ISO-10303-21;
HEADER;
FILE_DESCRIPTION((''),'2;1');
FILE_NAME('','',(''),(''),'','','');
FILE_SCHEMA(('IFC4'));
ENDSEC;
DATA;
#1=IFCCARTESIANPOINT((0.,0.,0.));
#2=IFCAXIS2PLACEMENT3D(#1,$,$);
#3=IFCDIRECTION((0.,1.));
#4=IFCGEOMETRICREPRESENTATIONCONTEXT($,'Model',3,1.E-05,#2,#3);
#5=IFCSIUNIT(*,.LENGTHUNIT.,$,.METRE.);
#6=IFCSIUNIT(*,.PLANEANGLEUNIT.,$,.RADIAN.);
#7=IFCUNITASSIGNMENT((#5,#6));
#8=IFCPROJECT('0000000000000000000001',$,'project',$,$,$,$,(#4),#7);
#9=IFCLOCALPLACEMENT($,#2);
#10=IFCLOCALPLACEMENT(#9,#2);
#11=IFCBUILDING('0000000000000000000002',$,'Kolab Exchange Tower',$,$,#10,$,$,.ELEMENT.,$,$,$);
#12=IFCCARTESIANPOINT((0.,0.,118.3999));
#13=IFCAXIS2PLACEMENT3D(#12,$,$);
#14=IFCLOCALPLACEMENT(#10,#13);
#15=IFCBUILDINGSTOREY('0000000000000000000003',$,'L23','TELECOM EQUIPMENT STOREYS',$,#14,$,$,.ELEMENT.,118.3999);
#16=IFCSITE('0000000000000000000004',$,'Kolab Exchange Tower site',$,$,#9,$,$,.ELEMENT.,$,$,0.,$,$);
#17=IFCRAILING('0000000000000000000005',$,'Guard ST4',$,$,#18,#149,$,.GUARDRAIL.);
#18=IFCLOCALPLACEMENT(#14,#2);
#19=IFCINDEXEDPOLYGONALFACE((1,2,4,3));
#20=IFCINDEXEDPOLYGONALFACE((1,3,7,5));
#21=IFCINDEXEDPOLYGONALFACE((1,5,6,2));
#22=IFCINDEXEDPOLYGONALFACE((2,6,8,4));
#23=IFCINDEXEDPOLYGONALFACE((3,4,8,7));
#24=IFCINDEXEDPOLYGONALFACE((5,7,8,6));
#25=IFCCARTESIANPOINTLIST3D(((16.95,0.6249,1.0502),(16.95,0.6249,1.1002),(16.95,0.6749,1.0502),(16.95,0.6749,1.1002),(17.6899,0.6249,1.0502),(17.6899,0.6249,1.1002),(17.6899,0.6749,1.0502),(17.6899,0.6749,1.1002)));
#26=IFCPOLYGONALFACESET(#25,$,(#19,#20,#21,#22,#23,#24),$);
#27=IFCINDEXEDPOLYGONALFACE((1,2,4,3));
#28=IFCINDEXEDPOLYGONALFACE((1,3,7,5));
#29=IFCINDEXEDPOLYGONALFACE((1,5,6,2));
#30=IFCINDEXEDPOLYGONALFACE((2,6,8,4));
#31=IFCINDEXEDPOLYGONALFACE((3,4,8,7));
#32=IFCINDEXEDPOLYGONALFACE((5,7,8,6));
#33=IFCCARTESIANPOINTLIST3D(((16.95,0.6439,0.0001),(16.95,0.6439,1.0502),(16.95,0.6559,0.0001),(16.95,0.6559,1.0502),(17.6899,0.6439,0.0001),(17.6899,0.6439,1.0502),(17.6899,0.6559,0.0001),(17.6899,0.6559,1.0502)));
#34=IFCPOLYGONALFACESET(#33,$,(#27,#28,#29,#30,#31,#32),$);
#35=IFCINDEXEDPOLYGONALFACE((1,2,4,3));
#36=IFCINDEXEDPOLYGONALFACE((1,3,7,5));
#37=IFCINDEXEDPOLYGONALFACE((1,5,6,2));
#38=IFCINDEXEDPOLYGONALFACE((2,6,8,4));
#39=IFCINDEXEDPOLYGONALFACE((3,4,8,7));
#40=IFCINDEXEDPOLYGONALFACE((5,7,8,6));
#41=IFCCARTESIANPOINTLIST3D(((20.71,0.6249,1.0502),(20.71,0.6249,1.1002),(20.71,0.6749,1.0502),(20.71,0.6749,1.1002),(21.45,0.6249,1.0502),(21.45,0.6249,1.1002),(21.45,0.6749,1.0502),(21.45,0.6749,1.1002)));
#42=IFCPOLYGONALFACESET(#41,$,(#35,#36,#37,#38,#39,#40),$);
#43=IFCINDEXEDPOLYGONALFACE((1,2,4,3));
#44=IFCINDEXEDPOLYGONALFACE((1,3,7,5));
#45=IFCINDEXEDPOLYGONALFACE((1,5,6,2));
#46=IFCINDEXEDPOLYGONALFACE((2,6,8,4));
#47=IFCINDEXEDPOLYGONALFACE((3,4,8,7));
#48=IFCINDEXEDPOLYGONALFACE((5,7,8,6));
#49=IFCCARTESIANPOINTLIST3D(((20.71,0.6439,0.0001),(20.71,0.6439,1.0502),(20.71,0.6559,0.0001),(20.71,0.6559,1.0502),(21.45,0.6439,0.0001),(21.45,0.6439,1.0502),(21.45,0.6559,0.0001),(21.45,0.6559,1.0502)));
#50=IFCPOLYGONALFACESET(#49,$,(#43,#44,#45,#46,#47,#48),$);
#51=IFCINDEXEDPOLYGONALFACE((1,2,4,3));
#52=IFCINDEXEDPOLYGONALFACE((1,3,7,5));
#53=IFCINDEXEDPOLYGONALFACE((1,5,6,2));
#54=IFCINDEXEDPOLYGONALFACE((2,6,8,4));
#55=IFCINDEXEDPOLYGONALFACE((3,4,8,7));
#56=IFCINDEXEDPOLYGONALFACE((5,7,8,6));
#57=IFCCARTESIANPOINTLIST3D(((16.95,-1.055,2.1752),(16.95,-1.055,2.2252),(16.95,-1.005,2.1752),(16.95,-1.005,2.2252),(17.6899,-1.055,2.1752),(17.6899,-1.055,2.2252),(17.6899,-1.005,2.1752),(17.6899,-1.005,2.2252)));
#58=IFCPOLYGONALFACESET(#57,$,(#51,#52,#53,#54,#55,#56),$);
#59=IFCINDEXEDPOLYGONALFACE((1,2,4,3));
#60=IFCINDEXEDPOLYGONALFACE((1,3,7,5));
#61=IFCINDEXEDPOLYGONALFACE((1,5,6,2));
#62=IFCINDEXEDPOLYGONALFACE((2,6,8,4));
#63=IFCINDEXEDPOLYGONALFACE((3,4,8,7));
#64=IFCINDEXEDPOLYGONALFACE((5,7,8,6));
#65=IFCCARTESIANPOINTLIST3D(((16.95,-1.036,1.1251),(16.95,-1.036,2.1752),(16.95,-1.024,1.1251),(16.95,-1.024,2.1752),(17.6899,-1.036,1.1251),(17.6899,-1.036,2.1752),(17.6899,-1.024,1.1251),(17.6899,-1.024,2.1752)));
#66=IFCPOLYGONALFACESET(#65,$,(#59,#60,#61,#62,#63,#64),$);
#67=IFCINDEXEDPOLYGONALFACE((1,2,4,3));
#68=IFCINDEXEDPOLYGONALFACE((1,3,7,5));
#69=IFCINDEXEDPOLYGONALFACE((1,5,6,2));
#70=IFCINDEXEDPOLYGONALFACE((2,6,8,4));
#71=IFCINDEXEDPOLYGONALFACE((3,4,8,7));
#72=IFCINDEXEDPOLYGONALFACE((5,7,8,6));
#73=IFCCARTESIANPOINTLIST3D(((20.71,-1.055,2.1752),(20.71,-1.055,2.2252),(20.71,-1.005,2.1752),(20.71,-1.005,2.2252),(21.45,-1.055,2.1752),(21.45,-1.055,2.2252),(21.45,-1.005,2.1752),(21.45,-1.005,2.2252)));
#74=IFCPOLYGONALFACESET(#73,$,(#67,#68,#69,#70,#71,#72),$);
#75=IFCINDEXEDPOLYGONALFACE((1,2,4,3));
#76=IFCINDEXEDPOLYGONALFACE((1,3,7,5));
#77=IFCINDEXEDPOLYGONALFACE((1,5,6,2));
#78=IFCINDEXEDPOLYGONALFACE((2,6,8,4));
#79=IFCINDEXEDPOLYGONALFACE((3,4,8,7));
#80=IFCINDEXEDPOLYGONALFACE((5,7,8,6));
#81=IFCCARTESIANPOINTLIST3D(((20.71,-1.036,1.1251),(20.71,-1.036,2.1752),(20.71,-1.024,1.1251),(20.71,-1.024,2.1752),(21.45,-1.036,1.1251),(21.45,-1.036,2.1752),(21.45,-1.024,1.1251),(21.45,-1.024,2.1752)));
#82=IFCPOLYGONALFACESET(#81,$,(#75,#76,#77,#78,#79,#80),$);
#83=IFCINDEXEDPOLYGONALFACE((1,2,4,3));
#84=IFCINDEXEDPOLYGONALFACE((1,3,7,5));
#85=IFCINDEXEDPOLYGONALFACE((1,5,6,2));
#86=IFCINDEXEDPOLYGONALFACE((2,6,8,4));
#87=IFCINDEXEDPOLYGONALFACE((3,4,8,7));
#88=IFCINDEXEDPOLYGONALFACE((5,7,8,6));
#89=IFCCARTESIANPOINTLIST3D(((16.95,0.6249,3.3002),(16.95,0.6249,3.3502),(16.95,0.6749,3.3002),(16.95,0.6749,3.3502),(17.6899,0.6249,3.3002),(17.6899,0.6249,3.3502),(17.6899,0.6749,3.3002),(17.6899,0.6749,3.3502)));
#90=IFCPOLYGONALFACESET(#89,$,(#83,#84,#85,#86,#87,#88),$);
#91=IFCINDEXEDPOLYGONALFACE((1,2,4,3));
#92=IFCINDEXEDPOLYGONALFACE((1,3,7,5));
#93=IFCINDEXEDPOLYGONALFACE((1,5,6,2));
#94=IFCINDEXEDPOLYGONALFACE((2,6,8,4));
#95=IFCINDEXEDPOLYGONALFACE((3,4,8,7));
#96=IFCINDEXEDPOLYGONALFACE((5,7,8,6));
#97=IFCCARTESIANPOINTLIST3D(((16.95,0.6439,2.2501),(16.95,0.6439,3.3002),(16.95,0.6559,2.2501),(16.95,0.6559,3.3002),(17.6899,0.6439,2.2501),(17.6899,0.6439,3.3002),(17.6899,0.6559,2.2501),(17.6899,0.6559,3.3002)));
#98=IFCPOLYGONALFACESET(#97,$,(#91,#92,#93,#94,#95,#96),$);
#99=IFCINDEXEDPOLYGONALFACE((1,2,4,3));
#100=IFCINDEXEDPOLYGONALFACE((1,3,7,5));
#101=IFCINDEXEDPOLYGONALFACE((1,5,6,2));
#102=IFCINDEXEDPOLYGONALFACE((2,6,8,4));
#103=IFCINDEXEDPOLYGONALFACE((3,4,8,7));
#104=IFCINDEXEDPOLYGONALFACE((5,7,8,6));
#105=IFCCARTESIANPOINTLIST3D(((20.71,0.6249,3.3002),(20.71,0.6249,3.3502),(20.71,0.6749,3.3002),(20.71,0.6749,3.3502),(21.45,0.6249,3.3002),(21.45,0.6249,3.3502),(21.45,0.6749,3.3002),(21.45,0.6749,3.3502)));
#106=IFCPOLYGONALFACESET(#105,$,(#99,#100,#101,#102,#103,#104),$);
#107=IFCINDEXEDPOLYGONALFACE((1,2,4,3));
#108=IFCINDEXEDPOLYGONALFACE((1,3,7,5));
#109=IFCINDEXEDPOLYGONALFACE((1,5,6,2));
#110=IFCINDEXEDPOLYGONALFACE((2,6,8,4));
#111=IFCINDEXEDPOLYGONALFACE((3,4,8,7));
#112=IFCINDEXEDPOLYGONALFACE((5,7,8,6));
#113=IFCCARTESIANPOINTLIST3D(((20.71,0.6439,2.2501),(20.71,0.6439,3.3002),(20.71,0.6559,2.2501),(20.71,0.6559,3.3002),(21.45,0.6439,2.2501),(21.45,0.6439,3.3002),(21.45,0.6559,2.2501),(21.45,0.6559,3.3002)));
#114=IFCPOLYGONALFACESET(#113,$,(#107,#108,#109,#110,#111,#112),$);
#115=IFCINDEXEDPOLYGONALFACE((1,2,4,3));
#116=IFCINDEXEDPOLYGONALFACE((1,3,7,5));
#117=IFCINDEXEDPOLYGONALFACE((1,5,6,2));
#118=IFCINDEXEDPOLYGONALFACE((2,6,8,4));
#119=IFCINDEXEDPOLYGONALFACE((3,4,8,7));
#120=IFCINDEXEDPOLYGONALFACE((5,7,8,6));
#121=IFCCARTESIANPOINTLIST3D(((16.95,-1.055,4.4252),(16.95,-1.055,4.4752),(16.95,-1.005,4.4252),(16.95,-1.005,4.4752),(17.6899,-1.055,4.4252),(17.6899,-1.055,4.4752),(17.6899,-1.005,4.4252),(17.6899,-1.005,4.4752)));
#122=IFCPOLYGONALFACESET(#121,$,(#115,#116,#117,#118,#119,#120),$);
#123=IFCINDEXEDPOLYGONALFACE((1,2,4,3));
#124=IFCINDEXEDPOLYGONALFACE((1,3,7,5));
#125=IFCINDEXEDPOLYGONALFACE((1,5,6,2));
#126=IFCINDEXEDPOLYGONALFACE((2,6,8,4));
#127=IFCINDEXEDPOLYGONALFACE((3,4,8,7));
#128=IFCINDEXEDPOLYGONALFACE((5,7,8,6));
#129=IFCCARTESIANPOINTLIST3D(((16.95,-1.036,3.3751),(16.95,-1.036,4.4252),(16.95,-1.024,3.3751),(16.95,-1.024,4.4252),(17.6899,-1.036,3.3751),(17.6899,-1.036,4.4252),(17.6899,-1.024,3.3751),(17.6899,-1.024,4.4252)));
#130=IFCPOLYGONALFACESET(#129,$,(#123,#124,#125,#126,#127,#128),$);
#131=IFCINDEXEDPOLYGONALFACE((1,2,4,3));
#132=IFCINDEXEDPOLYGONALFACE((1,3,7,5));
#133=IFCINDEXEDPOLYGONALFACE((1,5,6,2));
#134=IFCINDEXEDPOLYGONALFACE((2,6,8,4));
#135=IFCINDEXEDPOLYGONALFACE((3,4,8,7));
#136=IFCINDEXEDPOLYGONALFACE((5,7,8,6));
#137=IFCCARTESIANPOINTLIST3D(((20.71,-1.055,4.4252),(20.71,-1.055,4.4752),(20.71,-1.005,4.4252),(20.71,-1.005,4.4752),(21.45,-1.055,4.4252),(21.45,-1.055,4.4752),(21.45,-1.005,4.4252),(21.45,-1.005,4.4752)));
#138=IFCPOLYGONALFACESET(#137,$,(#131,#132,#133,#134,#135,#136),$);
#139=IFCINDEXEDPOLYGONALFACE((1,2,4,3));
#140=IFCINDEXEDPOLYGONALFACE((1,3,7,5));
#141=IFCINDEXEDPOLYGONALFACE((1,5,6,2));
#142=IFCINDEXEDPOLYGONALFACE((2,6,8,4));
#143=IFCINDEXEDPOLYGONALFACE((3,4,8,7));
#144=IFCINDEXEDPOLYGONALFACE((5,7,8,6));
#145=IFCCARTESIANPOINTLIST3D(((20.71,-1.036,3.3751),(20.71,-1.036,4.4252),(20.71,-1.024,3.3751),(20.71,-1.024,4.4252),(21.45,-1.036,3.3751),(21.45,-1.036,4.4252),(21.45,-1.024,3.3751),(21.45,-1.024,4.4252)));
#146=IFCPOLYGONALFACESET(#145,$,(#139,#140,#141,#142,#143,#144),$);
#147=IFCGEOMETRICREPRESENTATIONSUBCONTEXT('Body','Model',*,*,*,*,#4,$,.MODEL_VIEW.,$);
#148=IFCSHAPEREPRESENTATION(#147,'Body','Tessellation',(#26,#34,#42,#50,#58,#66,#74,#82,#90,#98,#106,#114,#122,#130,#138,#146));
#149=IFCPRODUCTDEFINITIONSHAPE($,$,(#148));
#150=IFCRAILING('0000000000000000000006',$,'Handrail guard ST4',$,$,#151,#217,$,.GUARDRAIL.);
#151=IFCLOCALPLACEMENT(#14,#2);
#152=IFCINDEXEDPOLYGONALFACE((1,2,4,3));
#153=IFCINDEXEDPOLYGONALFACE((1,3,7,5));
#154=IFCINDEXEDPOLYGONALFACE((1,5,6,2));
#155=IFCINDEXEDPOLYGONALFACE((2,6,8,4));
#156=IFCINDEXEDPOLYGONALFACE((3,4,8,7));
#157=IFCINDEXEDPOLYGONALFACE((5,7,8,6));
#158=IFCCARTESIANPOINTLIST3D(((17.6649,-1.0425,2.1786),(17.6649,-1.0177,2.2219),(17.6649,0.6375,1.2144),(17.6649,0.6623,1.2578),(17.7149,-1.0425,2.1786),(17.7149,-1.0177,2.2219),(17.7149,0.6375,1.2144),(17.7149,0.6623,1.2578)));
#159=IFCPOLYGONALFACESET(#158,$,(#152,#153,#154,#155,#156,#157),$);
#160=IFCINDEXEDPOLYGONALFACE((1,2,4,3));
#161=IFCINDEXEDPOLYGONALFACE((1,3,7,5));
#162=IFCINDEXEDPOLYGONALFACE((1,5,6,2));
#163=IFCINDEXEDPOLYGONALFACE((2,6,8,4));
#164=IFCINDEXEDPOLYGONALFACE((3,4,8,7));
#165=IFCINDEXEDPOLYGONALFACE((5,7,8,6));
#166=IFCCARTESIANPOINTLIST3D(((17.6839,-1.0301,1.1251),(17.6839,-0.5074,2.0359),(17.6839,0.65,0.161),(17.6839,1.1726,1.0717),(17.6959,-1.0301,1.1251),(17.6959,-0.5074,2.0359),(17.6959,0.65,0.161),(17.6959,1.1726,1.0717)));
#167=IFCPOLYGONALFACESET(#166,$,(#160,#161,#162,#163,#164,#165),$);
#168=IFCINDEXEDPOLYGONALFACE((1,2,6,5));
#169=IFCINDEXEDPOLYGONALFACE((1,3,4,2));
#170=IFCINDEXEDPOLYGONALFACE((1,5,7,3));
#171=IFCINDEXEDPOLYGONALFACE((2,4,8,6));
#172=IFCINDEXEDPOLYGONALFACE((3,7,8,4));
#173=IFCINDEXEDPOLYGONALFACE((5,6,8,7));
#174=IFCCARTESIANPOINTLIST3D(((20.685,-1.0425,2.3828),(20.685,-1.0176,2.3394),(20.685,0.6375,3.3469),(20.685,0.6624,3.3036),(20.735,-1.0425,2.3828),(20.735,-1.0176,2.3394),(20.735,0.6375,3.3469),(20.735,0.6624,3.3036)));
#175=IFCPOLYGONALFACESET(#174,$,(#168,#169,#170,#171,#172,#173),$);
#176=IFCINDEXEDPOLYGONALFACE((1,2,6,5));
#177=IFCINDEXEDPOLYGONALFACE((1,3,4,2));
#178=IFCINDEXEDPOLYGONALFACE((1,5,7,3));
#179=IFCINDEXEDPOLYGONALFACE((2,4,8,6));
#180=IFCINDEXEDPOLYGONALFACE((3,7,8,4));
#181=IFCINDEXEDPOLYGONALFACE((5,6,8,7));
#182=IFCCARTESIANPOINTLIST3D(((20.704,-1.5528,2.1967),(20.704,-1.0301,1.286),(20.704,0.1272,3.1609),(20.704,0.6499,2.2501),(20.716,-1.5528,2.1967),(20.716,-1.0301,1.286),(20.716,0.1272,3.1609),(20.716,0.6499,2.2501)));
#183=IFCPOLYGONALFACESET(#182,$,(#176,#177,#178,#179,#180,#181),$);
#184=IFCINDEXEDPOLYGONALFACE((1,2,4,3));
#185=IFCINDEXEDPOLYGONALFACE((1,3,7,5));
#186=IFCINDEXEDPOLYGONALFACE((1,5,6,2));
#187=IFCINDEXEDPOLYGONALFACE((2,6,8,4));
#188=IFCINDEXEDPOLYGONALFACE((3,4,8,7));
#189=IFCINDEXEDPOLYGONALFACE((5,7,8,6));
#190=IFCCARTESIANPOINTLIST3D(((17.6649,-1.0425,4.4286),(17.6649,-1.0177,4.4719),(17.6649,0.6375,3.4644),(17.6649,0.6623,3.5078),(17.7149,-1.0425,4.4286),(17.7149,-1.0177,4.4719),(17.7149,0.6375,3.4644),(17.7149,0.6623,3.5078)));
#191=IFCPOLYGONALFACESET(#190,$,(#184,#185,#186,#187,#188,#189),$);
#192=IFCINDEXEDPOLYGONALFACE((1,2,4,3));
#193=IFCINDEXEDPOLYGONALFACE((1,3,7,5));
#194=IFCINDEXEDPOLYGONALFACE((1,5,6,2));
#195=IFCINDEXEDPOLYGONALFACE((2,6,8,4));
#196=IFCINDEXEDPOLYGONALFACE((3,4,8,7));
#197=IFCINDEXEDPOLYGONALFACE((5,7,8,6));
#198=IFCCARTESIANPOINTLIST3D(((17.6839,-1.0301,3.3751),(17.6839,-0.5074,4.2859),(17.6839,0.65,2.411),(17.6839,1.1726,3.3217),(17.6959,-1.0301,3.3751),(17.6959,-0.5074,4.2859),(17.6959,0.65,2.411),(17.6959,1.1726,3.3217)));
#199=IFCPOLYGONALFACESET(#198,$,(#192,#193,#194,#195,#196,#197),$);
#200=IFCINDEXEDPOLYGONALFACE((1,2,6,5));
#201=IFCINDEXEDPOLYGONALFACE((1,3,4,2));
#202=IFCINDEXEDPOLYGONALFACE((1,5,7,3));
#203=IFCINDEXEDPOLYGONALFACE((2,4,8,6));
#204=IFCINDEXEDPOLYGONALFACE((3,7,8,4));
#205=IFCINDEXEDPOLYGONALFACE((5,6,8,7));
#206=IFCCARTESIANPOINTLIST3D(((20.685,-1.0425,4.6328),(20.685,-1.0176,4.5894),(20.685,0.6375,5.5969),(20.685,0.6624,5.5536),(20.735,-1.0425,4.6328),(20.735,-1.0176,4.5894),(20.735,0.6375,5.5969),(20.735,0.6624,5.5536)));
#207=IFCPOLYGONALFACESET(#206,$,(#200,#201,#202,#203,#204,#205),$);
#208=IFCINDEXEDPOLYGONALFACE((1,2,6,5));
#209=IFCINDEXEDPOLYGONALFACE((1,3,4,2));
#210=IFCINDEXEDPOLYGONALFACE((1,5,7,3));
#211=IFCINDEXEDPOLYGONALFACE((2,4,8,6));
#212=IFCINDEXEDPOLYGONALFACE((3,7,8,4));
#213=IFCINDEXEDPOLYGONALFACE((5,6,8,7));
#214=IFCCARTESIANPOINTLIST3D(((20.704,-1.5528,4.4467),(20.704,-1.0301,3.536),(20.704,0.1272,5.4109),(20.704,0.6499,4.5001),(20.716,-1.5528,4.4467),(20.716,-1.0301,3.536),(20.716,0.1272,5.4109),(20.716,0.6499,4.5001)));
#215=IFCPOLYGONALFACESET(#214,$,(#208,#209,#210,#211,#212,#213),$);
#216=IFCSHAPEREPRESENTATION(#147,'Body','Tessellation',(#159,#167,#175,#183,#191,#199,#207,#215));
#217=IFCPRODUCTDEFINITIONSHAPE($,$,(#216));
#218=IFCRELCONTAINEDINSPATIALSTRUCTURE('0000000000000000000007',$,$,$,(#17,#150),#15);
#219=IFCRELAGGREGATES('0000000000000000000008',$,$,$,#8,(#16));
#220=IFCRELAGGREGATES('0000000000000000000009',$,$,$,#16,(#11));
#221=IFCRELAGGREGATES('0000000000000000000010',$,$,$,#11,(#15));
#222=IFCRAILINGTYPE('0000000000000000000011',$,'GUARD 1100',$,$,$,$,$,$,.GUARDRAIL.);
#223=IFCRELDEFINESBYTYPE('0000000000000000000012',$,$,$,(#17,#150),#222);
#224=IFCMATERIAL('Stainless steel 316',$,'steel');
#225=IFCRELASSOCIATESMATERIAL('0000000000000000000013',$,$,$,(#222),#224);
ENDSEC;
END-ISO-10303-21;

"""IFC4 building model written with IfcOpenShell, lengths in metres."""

from ifc_helpers import new_model, si_unit, direction, frame, frame_2d, origin, origin_2d, place, context, subcontext, project, spatial, rectangle, extrude, material, type_object, element, save


model = new_model("IFC4")

# Units and contexts
model_context = context("Model", 3, precision=1e-05, world=origin(), true_north=direction((0.0, 1.0)))
body_context = subcontext(model_context, "Body", "Model", "MODEL_VIEW")
ifc_project = project(units=[si_unit("LENGTHUNIT", "METRE"), si_unit("PLANEANGLEUNIT", "RADIAN")], contexts=[model_context])

# Site, building, storey
site_placement = place(None, origin())
site = spatial("IfcSite", under=ifc_project, at=site_placement, Name="Kolab Exchange Tower site", CompositionType="ELEMENT", RefElevation=0.0)
building_placement = place(site_placement, origin())
building = spatial("IfcBuilding", under=site, at=building_placement, Name="Kolab Exchange Tower", CompositionType="ELEMENT")
storey_placement = place(building_placement, frame((0.0, 0.0, 118.3999)))
storey = spatial("IfcBuildingStorey", under=building, at=storey_placement, Name="L23", Description="TELECOM EQUIPMENT STOREYS", CompositionType="ELEMENT", Elevation=118.3999)

# Railings
ifc_material_1 = material(Name="Stainless steel 316", Category="steel")
railing_type = type_object("IfcRailingType", Name="GUARD 1100", PredefinedType="GUARDRAIL", material=ifc_material_1)
railing_1_placement = place(storey_placement, frame((16.95, 0.6499, 0.0)))
element("IfcRailing", 1, at=railing_1_placement, inside=storey, type_object=railing_type, Name="Guard ST4", PredefinedType="GUARDRAIL", context=body_context, shape_type="SweptSolid", body=[
    extrude(rectangle(XDim=0.05, YDim=0.05, at=origin_2d()), frame((0.0, 0.0, 1.0752), z_axis=(1.0, 0.0, 0.0), x_axis=(0.0, 1.0, 0.0)), (0.0, 0.0, 1.0), 0.74),
    extrude(rectangle(XDim=0.012, YDim=1.0501, at=frame_2d((0.0, 0.5251))), frame((0.0, 0.0, 0.0), z_axis=(1.0, 0.0, 0.0), x_axis=(0.0, 1.0, 0.0)), (0.0, 0.0, 1.0), 0.74),
    extrude(rectangle(XDim=0.05, YDim=0.05, at=origin_2d()), frame((3.76, 0.0, 1.0752), z_axis=(1.0, 0.0, 0.0), x_axis=(0.0, 1.0, 0.0)), (0.0, 0.0, 1.0), 0.74),
    extrude(rectangle(XDim=0.012, YDim=1.0501, at=frame_2d((0.0, 0.5251))), frame((3.76, 0.0, 0.0), z_axis=(1.0, 0.0, 0.0), x_axis=(0.0, 1.0, 0.0)), (0.0, 0.0, 1.0), 0.74),
    extrude(rectangle(XDim=0.05, YDim=0.05, at=origin_2d()), frame((0.0, -1.6799, 2.2002), z_axis=(1.0, 0.0, 0.0), x_axis=(0.0, 1.0, 0.0)), (0.0, 0.0, 1.0), 0.74),
    extrude(rectangle(XDim=0.012, YDim=1.0501, at=frame_2d((0.0, 0.5251))), frame((0.0, -1.6799, 1.125), z_axis=(1.0, 0.0, 0.0), x_axis=(0.0, 1.0, 0.0)), (0.0, 0.0, 1.0), 0.74),
    extrude(rectangle(XDim=0.05, YDim=0.05, at=origin_2d()), frame((3.76, -1.6799, 2.2002), z_axis=(1.0, 0.0, 0.0), x_axis=(0.0, 1.0, 0.0)), (0.0, 0.0, 1.0), 0.74),
    extrude(rectangle(XDim=0.012, YDim=1.0501, at=frame_2d((0.0, 0.5251))), frame((3.76, -1.6799, 1.125), z_axis=(1.0, 0.0, 0.0), x_axis=(0.0, 1.0, 0.0)), (0.0, 0.0, 1.0), 0.74),
    extrude(rectangle(XDim=0.05, YDim=0.05, at=origin_2d()), frame((0.0, 0.0, 3.3252), z_axis=(1.0, 0.0, 0.0), x_axis=(0.0, 1.0, 0.0)), (0.0, 0.0, 1.0), 0.74),
    extrude(rectangle(XDim=0.012, YDim=1.0501, at=frame_2d((0.0, 0.5251))), frame((0.0, 0.0, 2.25), z_axis=(1.0, 0.0, 0.0), x_axis=(0.0, 1.0, 0.0)), (0.0, 0.0, 1.0), 0.74),
    extrude(rectangle(XDim=0.05, YDim=0.05, at=origin_2d()), frame((3.76, 0.0, 3.3252), z_axis=(1.0, 0.0, 0.0), x_axis=(0.0, 1.0, 0.0)), (0.0, 0.0, 1.0), 0.74),
    extrude(rectangle(XDim=0.012, YDim=1.0501, at=frame_2d((0.0, 0.5251))), frame((3.76, 0.0, 2.25), z_axis=(1.0, 0.0, 0.0), x_axis=(0.0, 1.0, 0.0)), (0.0, 0.0, 1.0), 0.74),
    extrude(rectangle(XDim=0.05, YDim=0.05, at=origin_2d()), frame((0.0, -1.6799, 4.4502), z_axis=(1.0, 0.0, 0.0), x_axis=(0.0, 1.0, 0.0)), (0.0, 0.0, 1.0), 0.74),
    extrude(rectangle(XDim=0.012, YDim=1.0501, at=frame_2d((0.0, 0.5251))), frame((0.0, -1.6799, 3.375), z_axis=(1.0, 0.0, 0.0), x_axis=(0.0, 1.0, 0.0)), (0.0, 0.0, 1.0), 0.74),
    extrude(rectangle(XDim=0.05, YDim=0.05, at=origin_2d()), frame((3.76, -1.6799, 4.4502), z_axis=(1.0, 0.0, 0.0), x_axis=(0.0, 1.0, 0.0)), (0.0, 0.0, 1.0), 0.74),
    extrude(rectangle(XDim=0.012, YDim=1.0501, at=frame_2d((0.0, 0.5251))), frame((3.76, -1.6799, 3.375), z_axis=(1.0, 0.0, 0.0), x_axis=(0.0, 1.0, 0.0)), (0.0, 0.0, 1.0), 0.74),
])
railing_2_placement = place(storey_placement, frame((17.6899, 0.6499, 0.1609)))
element("IfcRailing", 2, at=railing_2_placement, inside=storey, type_object=railing_type, Name="Handrail guard ST4", PredefinedType="GUARDRAIL", context=body_context, shape_type="SweptSolid", body=[
    extrude(rectangle(XDim=0.05, YDim=0.05, at=origin_2d()), frame((0.0, 0.0, 1.0752), z_axis=(0.0, -0.867319, 0.497753), x_axis=(1.0, 0.0, 0.0)), (0.0, 0.0, 1.0), 1.937),
    extrude(rectangle(XDim=0.012, YDim=1.0501, at=frame_2d((0.0, 0.5251))), frame((0.0, 0.0, 0.0), z_axis=(0.0, -0.867319, 0.497753), x_axis=(1.0, 0.0, 0.0)), (0.0, 0.0, 1.0), 1.937),
    extrude(rectangle(XDim=0.05, YDim=0.05, at=origin_2d()), frame((3.02, -1.6799, 2.2002), z_axis=(0.0, 0.867319, 0.497753), x_axis=(-1.0, 0.0, 0.0)), (0.0, 0.0, 1.0), 1.937),
    extrude(rectangle(XDim=0.012, YDim=1.0501, at=frame_2d((0.0, 0.5251))), frame((3.02, -1.6799, 1.125), z_axis=(0.0, 0.867319, 0.497753), x_axis=(-1.0, 0.0, 0.0)), (0.0, 0.0, 1.0), 1.937),
    extrude(rectangle(XDim=0.05, YDim=0.05, at=origin_2d()), frame((0.0, 0.0, 3.3252), z_axis=(0.0, -0.867319, 0.497753), x_axis=(1.0, 0.0, 0.0)), (0.0, 0.0, 1.0), 1.937),
    extrude(rectangle(XDim=0.012, YDim=1.0501, at=frame_2d((0.0, 0.5251))), frame((0.0, 0.0, 2.25), z_axis=(0.0, -0.867319, 0.497753), x_axis=(1.0, 0.0, 0.0)), (0.0, 0.0, 1.0), 1.937),
    extrude(rectangle(XDim=0.05, YDim=0.05, at=origin_2d()), frame((3.02, -1.6799, 4.4502), z_axis=(0.0, 0.867319, 0.497753), x_axis=(-1.0, 0.0, 0.0)), (0.0, 0.0, 1.0), 1.937),
    extrude(rectangle(XDim=0.012, YDim=1.0501, at=frame_2d((0.0, 0.5251))), frame((3.02, -1.6799, 3.375), z_axis=(0.0, 0.867319, 0.497753), x_axis=(-1.0, 0.0, 0.0)), (0.0, 0.0, 1.0), 1.937),
])

save(model, "model.ifc")
